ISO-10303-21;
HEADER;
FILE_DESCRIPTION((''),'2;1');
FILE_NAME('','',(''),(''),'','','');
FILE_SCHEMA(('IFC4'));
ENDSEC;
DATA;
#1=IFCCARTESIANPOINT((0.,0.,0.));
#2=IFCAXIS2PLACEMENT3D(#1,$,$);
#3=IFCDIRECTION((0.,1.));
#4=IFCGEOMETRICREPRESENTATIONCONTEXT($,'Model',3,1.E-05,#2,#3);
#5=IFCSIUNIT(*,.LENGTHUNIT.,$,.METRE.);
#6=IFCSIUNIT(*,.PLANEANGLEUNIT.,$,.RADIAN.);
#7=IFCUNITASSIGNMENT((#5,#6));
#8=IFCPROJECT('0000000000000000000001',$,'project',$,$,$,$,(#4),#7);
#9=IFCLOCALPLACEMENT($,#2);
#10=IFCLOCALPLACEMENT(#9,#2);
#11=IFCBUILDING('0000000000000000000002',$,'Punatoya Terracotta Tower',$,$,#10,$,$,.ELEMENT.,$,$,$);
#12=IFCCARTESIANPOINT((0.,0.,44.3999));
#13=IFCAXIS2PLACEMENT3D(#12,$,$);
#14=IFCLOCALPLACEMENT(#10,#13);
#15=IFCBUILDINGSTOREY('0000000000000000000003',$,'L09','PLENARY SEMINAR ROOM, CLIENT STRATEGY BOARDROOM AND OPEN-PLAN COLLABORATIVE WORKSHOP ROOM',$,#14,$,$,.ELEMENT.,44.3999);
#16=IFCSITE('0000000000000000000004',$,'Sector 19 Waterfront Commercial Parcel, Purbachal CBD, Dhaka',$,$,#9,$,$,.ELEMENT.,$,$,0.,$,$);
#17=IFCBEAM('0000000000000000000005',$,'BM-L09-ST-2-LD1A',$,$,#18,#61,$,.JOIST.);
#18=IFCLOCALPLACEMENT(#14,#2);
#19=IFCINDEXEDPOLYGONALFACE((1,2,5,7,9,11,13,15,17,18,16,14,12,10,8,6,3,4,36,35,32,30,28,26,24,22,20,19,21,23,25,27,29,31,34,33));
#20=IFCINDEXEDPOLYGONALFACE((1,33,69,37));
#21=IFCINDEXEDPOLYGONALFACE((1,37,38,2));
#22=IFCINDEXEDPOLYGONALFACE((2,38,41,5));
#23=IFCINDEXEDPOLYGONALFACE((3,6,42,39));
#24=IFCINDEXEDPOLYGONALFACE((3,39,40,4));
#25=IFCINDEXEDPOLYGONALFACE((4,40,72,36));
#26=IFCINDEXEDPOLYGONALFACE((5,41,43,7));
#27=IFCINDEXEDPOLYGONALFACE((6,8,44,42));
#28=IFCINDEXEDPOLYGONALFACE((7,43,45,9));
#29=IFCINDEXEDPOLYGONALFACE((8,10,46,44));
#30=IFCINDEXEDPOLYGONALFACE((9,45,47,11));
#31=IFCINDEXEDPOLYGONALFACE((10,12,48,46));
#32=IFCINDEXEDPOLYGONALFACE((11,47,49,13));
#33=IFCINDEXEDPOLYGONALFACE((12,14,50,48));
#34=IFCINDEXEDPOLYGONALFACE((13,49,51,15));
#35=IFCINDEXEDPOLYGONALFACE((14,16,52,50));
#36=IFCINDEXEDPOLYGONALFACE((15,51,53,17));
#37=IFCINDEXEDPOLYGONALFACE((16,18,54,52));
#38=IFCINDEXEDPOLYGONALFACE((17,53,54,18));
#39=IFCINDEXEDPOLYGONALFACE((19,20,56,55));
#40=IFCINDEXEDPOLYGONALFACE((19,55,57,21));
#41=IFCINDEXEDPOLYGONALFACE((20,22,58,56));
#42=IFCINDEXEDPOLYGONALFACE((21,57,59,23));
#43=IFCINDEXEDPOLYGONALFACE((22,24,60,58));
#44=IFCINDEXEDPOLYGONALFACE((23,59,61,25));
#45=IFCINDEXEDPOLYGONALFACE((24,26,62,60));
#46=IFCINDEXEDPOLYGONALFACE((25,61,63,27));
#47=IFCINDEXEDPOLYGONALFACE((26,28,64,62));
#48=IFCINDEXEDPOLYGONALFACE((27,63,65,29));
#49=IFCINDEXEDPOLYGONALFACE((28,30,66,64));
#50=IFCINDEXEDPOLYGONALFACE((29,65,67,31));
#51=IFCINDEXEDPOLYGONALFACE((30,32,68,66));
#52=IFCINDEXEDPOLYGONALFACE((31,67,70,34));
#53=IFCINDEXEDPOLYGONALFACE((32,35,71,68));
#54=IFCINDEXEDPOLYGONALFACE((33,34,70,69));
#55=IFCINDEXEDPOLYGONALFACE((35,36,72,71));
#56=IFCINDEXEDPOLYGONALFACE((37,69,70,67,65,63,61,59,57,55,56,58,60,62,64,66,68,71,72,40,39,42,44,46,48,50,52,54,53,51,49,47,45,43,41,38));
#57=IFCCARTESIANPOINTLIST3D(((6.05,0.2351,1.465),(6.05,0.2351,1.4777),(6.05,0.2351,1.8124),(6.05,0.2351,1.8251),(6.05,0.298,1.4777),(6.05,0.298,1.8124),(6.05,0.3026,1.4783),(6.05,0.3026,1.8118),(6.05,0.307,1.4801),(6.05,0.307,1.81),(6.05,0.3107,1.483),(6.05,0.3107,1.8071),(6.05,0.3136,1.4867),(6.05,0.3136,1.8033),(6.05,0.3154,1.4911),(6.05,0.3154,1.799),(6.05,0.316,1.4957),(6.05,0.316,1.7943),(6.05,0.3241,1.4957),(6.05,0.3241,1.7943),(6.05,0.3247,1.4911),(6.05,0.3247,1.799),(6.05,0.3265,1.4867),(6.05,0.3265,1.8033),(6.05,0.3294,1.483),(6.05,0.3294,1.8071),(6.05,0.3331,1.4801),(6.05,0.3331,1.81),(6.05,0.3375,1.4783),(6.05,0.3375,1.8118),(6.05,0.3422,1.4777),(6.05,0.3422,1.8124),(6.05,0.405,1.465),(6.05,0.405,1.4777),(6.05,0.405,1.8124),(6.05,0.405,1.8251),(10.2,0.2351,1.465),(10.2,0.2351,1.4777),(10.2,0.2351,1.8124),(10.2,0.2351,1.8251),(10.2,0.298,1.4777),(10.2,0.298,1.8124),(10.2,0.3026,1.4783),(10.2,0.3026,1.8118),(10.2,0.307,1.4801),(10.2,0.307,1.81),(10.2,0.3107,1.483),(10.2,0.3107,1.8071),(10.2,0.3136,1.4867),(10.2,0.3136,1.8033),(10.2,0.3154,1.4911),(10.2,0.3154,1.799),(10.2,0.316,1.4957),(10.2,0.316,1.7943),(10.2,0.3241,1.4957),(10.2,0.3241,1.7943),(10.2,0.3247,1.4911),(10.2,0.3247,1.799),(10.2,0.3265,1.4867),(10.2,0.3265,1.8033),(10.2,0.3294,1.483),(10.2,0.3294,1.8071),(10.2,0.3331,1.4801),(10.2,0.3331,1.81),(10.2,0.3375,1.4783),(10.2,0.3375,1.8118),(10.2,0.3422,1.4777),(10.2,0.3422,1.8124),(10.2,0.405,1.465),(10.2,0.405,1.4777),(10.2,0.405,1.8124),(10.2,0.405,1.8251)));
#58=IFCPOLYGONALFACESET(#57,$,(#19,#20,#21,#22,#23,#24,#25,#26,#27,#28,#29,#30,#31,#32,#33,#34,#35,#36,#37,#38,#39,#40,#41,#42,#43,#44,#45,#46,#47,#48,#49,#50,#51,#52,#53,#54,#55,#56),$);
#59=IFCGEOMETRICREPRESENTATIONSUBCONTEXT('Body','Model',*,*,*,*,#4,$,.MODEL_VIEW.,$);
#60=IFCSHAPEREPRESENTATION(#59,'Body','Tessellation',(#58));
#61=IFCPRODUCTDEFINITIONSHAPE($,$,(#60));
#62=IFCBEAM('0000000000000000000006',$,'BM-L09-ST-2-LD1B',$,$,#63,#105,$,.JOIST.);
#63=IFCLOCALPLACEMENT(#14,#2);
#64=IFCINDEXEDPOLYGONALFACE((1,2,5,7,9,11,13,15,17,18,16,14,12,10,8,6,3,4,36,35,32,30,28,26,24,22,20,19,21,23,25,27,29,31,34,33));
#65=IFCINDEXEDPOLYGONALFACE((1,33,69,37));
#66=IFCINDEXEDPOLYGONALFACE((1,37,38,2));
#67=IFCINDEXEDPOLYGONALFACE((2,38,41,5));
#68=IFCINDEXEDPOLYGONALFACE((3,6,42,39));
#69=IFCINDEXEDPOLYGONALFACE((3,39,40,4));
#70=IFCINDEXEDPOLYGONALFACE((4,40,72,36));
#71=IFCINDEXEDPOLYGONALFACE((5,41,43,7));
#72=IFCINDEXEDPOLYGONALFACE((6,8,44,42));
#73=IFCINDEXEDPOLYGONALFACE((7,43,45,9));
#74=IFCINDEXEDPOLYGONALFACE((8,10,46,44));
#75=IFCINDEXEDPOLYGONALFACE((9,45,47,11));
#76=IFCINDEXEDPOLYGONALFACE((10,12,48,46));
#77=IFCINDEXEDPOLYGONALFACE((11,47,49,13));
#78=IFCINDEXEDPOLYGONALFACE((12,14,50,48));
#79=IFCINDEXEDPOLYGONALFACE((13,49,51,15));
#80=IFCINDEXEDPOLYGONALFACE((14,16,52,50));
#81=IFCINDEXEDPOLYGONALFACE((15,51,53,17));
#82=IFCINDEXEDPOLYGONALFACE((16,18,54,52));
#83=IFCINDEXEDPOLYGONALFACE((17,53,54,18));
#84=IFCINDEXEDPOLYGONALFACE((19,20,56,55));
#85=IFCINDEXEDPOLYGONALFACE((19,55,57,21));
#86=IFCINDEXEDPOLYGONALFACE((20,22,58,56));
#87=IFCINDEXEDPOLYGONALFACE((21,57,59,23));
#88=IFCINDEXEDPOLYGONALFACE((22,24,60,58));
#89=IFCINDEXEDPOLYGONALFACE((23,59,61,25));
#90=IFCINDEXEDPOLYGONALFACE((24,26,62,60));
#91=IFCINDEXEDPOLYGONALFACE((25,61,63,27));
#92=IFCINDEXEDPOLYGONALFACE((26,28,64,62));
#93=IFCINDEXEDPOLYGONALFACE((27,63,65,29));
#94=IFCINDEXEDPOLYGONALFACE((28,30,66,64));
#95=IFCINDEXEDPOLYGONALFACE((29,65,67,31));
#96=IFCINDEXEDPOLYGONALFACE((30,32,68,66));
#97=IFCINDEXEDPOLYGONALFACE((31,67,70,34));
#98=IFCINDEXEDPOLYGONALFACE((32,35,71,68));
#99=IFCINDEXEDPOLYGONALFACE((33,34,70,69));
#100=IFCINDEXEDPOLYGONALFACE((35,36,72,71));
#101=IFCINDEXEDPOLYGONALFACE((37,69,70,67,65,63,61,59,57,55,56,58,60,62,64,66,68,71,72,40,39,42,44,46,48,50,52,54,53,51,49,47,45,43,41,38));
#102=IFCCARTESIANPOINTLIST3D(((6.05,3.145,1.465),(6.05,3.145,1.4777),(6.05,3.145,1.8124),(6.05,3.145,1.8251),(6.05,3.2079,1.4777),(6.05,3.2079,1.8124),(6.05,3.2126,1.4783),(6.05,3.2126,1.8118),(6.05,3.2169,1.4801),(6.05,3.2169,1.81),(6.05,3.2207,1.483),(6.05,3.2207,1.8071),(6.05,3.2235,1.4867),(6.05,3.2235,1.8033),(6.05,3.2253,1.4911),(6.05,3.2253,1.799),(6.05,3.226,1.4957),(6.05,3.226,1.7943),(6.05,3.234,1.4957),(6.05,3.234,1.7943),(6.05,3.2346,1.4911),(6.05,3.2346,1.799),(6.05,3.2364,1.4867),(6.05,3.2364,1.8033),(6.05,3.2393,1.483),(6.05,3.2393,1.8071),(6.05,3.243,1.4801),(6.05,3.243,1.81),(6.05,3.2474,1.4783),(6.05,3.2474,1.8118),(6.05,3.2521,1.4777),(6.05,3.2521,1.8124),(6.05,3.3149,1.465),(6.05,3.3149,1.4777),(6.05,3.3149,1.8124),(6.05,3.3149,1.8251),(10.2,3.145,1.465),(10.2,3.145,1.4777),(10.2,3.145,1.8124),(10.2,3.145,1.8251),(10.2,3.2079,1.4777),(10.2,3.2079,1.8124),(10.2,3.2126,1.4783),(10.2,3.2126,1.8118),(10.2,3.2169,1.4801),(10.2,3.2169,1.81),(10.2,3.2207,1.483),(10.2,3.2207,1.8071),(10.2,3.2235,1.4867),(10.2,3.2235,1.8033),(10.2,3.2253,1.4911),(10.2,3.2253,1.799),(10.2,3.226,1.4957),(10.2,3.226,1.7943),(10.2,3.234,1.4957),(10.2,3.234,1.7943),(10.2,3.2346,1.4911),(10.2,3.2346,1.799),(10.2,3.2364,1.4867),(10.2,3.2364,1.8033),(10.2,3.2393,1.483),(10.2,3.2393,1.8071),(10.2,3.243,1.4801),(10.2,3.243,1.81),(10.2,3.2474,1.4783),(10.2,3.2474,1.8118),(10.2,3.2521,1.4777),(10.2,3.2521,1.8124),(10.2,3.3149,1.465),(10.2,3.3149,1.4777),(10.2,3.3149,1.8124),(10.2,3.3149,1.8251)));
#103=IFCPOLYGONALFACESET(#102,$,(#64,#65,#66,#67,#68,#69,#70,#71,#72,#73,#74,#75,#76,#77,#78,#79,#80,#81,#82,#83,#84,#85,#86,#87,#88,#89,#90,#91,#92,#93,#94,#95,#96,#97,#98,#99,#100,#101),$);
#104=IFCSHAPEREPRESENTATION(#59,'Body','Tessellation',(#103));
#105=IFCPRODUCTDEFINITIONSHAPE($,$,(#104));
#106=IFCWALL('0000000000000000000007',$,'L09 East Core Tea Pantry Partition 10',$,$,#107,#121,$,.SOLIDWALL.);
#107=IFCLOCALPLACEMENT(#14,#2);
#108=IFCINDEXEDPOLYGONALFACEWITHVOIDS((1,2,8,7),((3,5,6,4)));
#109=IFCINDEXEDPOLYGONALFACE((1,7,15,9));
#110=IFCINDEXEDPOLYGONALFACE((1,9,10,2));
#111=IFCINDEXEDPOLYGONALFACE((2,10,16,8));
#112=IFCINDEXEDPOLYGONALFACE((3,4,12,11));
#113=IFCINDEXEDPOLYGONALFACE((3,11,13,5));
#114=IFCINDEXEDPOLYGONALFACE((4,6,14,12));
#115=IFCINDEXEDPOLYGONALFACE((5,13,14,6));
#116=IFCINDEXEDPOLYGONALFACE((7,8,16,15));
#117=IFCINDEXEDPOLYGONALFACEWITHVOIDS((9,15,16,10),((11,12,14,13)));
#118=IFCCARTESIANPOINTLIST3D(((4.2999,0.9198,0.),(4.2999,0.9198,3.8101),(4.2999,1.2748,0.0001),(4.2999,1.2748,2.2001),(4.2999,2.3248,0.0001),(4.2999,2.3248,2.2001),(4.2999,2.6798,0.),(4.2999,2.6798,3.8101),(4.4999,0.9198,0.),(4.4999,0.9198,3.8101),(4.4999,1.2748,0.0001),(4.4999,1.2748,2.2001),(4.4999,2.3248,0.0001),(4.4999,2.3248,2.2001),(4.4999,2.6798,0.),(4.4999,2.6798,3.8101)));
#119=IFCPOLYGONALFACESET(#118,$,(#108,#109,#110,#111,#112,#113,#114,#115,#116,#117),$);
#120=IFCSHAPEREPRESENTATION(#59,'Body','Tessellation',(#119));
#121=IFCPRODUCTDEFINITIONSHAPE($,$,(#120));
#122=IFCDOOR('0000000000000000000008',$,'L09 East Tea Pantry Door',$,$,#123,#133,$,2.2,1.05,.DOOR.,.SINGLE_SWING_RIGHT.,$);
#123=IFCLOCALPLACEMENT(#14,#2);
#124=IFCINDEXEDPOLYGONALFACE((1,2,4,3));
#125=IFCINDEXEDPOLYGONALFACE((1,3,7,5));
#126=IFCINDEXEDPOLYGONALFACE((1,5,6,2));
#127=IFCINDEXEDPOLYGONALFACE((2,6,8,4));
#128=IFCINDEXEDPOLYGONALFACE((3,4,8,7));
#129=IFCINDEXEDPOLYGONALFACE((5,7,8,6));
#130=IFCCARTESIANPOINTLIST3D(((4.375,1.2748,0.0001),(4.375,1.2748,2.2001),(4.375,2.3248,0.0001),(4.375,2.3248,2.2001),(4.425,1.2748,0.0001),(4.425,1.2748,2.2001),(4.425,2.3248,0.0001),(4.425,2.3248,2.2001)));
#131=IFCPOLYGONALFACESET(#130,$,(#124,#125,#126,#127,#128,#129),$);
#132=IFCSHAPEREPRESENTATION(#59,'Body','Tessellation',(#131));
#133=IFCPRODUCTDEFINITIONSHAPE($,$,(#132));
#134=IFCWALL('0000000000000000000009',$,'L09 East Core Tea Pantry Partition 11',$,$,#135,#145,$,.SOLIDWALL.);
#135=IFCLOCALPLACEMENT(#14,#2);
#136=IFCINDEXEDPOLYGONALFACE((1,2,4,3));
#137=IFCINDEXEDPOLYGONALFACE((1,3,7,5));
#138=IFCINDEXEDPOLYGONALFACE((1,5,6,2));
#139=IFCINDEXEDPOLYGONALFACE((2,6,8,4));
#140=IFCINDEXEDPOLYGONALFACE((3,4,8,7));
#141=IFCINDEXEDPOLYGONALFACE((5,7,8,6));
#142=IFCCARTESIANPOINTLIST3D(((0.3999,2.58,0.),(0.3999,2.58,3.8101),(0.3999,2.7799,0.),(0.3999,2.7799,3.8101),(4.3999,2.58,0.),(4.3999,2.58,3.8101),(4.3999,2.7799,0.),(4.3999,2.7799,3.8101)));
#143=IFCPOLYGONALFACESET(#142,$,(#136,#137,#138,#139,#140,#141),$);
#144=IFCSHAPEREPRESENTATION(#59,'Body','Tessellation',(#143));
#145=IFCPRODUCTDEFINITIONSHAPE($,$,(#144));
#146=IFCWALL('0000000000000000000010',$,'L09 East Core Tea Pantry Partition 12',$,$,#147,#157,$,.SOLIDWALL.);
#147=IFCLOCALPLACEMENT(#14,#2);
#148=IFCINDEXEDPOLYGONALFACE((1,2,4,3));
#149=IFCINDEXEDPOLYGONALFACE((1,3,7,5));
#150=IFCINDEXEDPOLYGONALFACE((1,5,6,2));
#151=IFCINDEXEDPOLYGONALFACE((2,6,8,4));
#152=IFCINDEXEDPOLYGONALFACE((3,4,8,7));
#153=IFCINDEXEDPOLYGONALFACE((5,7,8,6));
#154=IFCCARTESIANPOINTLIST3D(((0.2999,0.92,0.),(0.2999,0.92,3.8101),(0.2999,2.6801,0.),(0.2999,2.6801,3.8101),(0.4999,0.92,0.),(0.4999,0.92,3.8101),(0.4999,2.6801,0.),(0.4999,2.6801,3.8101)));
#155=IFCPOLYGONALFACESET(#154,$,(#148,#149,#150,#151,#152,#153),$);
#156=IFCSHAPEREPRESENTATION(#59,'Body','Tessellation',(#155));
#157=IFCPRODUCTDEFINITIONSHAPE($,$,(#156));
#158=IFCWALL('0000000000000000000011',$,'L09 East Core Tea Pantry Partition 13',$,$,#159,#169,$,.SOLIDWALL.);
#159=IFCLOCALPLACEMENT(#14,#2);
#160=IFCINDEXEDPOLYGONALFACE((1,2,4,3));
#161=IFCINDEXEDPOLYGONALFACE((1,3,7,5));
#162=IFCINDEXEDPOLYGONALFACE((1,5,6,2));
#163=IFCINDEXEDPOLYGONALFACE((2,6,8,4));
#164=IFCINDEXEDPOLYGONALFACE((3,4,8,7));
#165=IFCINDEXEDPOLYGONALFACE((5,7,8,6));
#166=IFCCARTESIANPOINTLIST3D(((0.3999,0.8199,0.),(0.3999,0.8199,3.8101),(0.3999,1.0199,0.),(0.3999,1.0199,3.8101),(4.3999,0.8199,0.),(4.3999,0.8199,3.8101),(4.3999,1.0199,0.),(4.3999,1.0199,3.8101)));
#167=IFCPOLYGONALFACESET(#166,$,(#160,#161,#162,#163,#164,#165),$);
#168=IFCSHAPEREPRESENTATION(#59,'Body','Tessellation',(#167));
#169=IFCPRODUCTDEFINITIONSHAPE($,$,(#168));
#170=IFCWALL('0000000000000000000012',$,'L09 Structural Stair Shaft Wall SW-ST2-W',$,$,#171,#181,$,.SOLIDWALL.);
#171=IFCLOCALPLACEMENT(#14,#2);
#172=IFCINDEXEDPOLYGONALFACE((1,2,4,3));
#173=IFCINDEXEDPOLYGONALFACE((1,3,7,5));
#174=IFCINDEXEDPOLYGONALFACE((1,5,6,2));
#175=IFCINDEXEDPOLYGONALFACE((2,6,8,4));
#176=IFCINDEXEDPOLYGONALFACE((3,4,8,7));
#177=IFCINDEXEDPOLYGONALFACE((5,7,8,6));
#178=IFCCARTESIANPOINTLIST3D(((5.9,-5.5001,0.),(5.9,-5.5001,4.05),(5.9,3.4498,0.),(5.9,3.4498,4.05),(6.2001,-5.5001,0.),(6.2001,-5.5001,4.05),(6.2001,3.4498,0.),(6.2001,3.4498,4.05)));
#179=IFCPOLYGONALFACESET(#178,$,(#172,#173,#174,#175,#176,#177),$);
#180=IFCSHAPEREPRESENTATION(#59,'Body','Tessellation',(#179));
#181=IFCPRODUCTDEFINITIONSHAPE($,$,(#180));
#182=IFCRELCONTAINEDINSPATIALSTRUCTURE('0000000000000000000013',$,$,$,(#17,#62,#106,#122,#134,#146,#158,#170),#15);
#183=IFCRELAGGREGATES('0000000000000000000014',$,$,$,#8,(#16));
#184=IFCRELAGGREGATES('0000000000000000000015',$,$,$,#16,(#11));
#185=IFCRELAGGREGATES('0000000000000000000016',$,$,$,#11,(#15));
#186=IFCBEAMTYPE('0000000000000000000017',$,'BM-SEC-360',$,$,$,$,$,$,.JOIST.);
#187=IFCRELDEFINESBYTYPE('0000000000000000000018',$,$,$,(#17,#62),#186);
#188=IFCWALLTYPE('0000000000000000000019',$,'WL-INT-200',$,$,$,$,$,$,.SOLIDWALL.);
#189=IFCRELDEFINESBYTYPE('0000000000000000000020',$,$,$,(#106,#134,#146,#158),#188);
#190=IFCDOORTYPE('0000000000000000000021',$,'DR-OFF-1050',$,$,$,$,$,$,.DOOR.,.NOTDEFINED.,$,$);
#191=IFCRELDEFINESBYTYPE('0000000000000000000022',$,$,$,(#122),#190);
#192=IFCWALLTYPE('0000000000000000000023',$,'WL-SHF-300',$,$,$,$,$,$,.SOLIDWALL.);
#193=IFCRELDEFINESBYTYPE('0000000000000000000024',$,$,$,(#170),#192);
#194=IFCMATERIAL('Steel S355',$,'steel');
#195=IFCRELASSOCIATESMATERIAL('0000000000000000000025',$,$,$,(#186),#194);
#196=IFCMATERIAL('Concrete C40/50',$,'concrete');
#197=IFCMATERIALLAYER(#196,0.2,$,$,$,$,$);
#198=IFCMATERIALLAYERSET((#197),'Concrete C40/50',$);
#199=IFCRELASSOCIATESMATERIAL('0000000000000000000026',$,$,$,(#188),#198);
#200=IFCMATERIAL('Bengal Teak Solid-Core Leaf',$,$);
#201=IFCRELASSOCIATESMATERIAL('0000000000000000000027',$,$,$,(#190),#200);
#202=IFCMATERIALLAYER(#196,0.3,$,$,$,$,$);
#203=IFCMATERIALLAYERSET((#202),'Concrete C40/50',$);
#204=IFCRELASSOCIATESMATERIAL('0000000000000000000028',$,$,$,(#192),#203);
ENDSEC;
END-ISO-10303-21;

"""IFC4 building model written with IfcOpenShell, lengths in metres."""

from ifc_helpers import new_model, si_unit, direction, frame, frame_2d, origin, origin_2d, place, context, subcontext, project, spatial, rectangle, i_section, extrude, material, layer, layer_set, material_profile, profile_set, type_object, element, fill, save


model = new_model("IFC4")

# Units and contexts
model_context = context("Model", 3, precision=1e-05, world=origin(), true_north=direction((0.0, 1.0)))
body_context = subcontext(model_context, "Body", "Model", "MODEL_VIEW")
ifc_project = project(units=[si_unit("LENGTHUNIT", "METRE"), si_unit("PLANEANGLEUNIT", "RADIAN")], contexts=[model_context])

# Site, building, storey
site_placement = place(None, origin())
site = spatial("IfcSite", under=ifc_project, at=site_placement, Name="Sector 19 Waterfront Commercial Parcel, Purbachal CBD, Dhaka", CompositionType="ELEMENT", RefElevation=0.0)
building_placement = place(site_placement, origin())
building = spatial("IfcBuilding", under=site, at=building_placement, Name="Punatoya Terracotta Tower", CompositionType="ELEMENT")
storey_placement = place(building_placement, frame((0.0, 0.0, 44.3999)))
storey = spatial("IfcBuildingStorey", under=building, at=storey_placement, Name="L09", Description="PLENARY SEMINAR ROOM, CLIENT STRATEGY BOARDROOM AND OPEN-PLAN COLLABORATIVE WORKSHOP ROOM", CompositionType="ELEMENT", Elevation=44.3999)

# Beams
ifc_material_1 = material(Name="Steel S355", Category="steel")
ifc_material_profile = material_profile(ifc_material_1, i_section(OverallWidth=0.1699, OverallDepth=0.3601, WebThickness=0.0081, FlangeThickness=0.0127, FilletRadius=0.0181, at=origin_2d()))
ifc_profile_set = profile_set([ifc_material_profile], Name="Steel S355")
beam_type = type_object("IfcBeamType", Name="BM-SEC-360", PredefinedType="JOIST", material=ifc_profile_set)
for number, where, z_axis, x_axis, name in (
    (1, (6.05, 0.3201, 1.645), (1.0, 0.0, 0.0), (0.0, 1.0, 0.0), "BM-L09-ST-2-LD1A"),
    (2, (6.05, 3.23, 1.645), (1.0, 0.0, 0.0), (0.0, 1.0, 0.0), "BM-L09-ST-2-LD1B"),
):
    element("IfcBeam", number, at=place(storey_placement, frame(where, z_axis=z_axis, x_axis=x_axis)), inside=storey, type_object=beam_type, Name=name, PredefinedType="JOIST", context=body_context, shape_type="SweptSolid", body=[
        extrude(i_section(OverallWidth=0.1699, OverallDepth=0.3601, WebThickness=0.0081, FlangeThickness=0.0127, FilletRadius=0.0181, at=origin_2d()), origin(), (0.0, 0.0, 1.0), 4.1499),
    ])

# Wall, opening, door
ifc_material_2 = material(Name="Concrete C40/50", Category="concrete")
ifc_layer_1 = layer(ifc_material_2, 0.2)
ifc_layer_set_1 = layer_set([ifc_layer_1], Name="Concrete C40/50")
wall_type_1 = type_object("IfcWallType", Name="WL-INT-200", PredefinedType="SOLIDWALL", material=ifc_layer_set_1)
wall_1_placement = place(storey_placement, frame((4.3999, 0.9199, 0.0), z_axis=(0.0, 0.0, 1.0), x_axis=(0.0, 1.0, 0.0)))
wall_1 = element("IfcWall", 3, at=wall_1_placement, inside=storey, type_object=wall_type_1, Name="L09 East Core Tea Pantry Partition 10", PredefinedType="SOLIDWALL", context=body_context, shape_type="SweptSolid", body=[
    extrude(rectangle(XDim=1.76, YDim=0.2, at=frame_2d((0.8799, 0.0))), origin(), (0.0, 0.0, 1.0), 3.8101),
])
opening_placement = place(wall_1_placement, frame((0.355, 0.0, 0.0)))
opening = element("IfcOpeningElement", 4, at=opening_placement, cuts=wall_1, PredefinedType="OPENING", context=body_context, shape_type="SweptSolid", body=[
    extrude(rectangle(XDim=1.05, YDim=2.2, at=frame_2d((0.5249, 1.1001))), frame((0.0, 0.1099, 0.0), z_axis=(0.0, -1.0, 0.0), x_axis=(1.0, 0.0, 0.0)), (0.0, 0.0, 1.0), 0.22),
])
ifc_material_3 = material(Name="Bengal Teak Solid-Core Leaf")
door_type = type_object("IfcDoorType", Name="DR-OFF-1050", OperationType="NOTDEFINED", PredefinedType="DOOR", material=ifc_material_3)
door_placement = place(opening_placement, origin())
door = element("IfcDoor", 5, at=door_placement, inside=storey, type_object=door_type, Name="L09 East Tea Pantry Door", OperationType="SINGLE_SWING_RIGHT", OverallHeight=2.2, OverallWidth=1.05, PredefinedType="DOOR", context=body_context, shape_type="SweptSolid", body=[
    extrude(rectangle(XDim=1.05, YDim=2.2, at=frame_2d((0.5249, 1.1001))), frame((0.0, 0.0249, 0.0), z_axis=(0.0, -1.0, 0.0), x_axis=(1.0, 0.0, 0.0)), (0.0, 0.0, 1.0), 0.05),
])
fill(opening, door)

# Walls
wall_2_placement = place(storey_placement, frame((4.3999, 2.6799, 0.0), z_axis=(0.0, 0.0, 1.0), x_axis=(-1.0, 0.0, 0.0)))
element("IfcWall", 6, at=wall_2_placement, inside=storey, type_object=wall_type_1, Name="L09 East Core Tea Pantry Partition 11", PredefinedType="SOLIDWALL", context=body_context, shape_type="SweptSolid", body=[
    extrude(rectangle(XDim=4.0, YDim=0.2, at=frame_2d((2.0, 0.0))), origin(), (0.0, 0.0, 1.0), 3.8101),
])
wall_3_placement = place(storey_placement, frame((0.3999, 2.6799, 0.0), z_axis=(0.0, 0.0, 1.0), x_axis=(0.0, -1.0, 0.0)))
element("IfcWall", 7, at=wall_3_placement, inside=storey, type_object=wall_type_1, Name="L09 East Core Tea Pantry Partition 12", PredefinedType="SOLIDWALL", context=body_context, shape_type="SweptSolid", body=[
    extrude(rectangle(XDim=1.76, YDim=0.2, at=frame_2d((0.8799, 0.0))), origin(), (0.0, 0.0, 1.0), 3.8101),
])
wall_4_placement = place(storey_placement, frame((0.3999, 0.9199, 0.0), z_axis=(0.0, 0.0, 1.0), x_axis=(1.0, 0.0, 0.0)))
element("IfcWall", 8, at=wall_4_placement, inside=storey, type_object=wall_type_1, Name="L09 East Core Tea Pantry Partition 13", PredefinedType="SOLIDWALL", context=body_context, shape_type="SweptSolid", body=[
    extrude(rectangle(XDim=4.0, YDim=0.2, at=frame_2d((2.0, 0.0))), origin(), (0.0, 0.0, 1.0), 3.8101),
])
ifc_layer_2 = layer(ifc_material_2, 0.3)
ifc_layer_set_2 = layer_set([ifc_layer_2], Name="Concrete C40/50")
wall_type_2 = type_object("IfcWallType", Name="WL-SHF-300", PredefinedType="SOLIDWALL", material=ifc_layer_set_2)
wall_5_placement = place(storey_placement, frame((6.05, 3.45, 0.0), z_axis=(0.0, 0.0, 1.0), x_axis=(0.0, -1.0, 0.0)))
element("IfcWall", 9, at=wall_5_placement, inside=storey, type_object=wall_type_2, Name="L09 Structural Stair Shaft Wall SW-ST2-W", PredefinedType="SOLIDWALL", context=body_context, shape_type="SweptSolid", body=[
    extrude(rectangle(XDim=8.95, YDim=0.3, at=frame_2d((4.4751, 0.0))), origin(), (0.0, 0.0, 1.0), 4.05),
])

save(model, "model.ifc")
